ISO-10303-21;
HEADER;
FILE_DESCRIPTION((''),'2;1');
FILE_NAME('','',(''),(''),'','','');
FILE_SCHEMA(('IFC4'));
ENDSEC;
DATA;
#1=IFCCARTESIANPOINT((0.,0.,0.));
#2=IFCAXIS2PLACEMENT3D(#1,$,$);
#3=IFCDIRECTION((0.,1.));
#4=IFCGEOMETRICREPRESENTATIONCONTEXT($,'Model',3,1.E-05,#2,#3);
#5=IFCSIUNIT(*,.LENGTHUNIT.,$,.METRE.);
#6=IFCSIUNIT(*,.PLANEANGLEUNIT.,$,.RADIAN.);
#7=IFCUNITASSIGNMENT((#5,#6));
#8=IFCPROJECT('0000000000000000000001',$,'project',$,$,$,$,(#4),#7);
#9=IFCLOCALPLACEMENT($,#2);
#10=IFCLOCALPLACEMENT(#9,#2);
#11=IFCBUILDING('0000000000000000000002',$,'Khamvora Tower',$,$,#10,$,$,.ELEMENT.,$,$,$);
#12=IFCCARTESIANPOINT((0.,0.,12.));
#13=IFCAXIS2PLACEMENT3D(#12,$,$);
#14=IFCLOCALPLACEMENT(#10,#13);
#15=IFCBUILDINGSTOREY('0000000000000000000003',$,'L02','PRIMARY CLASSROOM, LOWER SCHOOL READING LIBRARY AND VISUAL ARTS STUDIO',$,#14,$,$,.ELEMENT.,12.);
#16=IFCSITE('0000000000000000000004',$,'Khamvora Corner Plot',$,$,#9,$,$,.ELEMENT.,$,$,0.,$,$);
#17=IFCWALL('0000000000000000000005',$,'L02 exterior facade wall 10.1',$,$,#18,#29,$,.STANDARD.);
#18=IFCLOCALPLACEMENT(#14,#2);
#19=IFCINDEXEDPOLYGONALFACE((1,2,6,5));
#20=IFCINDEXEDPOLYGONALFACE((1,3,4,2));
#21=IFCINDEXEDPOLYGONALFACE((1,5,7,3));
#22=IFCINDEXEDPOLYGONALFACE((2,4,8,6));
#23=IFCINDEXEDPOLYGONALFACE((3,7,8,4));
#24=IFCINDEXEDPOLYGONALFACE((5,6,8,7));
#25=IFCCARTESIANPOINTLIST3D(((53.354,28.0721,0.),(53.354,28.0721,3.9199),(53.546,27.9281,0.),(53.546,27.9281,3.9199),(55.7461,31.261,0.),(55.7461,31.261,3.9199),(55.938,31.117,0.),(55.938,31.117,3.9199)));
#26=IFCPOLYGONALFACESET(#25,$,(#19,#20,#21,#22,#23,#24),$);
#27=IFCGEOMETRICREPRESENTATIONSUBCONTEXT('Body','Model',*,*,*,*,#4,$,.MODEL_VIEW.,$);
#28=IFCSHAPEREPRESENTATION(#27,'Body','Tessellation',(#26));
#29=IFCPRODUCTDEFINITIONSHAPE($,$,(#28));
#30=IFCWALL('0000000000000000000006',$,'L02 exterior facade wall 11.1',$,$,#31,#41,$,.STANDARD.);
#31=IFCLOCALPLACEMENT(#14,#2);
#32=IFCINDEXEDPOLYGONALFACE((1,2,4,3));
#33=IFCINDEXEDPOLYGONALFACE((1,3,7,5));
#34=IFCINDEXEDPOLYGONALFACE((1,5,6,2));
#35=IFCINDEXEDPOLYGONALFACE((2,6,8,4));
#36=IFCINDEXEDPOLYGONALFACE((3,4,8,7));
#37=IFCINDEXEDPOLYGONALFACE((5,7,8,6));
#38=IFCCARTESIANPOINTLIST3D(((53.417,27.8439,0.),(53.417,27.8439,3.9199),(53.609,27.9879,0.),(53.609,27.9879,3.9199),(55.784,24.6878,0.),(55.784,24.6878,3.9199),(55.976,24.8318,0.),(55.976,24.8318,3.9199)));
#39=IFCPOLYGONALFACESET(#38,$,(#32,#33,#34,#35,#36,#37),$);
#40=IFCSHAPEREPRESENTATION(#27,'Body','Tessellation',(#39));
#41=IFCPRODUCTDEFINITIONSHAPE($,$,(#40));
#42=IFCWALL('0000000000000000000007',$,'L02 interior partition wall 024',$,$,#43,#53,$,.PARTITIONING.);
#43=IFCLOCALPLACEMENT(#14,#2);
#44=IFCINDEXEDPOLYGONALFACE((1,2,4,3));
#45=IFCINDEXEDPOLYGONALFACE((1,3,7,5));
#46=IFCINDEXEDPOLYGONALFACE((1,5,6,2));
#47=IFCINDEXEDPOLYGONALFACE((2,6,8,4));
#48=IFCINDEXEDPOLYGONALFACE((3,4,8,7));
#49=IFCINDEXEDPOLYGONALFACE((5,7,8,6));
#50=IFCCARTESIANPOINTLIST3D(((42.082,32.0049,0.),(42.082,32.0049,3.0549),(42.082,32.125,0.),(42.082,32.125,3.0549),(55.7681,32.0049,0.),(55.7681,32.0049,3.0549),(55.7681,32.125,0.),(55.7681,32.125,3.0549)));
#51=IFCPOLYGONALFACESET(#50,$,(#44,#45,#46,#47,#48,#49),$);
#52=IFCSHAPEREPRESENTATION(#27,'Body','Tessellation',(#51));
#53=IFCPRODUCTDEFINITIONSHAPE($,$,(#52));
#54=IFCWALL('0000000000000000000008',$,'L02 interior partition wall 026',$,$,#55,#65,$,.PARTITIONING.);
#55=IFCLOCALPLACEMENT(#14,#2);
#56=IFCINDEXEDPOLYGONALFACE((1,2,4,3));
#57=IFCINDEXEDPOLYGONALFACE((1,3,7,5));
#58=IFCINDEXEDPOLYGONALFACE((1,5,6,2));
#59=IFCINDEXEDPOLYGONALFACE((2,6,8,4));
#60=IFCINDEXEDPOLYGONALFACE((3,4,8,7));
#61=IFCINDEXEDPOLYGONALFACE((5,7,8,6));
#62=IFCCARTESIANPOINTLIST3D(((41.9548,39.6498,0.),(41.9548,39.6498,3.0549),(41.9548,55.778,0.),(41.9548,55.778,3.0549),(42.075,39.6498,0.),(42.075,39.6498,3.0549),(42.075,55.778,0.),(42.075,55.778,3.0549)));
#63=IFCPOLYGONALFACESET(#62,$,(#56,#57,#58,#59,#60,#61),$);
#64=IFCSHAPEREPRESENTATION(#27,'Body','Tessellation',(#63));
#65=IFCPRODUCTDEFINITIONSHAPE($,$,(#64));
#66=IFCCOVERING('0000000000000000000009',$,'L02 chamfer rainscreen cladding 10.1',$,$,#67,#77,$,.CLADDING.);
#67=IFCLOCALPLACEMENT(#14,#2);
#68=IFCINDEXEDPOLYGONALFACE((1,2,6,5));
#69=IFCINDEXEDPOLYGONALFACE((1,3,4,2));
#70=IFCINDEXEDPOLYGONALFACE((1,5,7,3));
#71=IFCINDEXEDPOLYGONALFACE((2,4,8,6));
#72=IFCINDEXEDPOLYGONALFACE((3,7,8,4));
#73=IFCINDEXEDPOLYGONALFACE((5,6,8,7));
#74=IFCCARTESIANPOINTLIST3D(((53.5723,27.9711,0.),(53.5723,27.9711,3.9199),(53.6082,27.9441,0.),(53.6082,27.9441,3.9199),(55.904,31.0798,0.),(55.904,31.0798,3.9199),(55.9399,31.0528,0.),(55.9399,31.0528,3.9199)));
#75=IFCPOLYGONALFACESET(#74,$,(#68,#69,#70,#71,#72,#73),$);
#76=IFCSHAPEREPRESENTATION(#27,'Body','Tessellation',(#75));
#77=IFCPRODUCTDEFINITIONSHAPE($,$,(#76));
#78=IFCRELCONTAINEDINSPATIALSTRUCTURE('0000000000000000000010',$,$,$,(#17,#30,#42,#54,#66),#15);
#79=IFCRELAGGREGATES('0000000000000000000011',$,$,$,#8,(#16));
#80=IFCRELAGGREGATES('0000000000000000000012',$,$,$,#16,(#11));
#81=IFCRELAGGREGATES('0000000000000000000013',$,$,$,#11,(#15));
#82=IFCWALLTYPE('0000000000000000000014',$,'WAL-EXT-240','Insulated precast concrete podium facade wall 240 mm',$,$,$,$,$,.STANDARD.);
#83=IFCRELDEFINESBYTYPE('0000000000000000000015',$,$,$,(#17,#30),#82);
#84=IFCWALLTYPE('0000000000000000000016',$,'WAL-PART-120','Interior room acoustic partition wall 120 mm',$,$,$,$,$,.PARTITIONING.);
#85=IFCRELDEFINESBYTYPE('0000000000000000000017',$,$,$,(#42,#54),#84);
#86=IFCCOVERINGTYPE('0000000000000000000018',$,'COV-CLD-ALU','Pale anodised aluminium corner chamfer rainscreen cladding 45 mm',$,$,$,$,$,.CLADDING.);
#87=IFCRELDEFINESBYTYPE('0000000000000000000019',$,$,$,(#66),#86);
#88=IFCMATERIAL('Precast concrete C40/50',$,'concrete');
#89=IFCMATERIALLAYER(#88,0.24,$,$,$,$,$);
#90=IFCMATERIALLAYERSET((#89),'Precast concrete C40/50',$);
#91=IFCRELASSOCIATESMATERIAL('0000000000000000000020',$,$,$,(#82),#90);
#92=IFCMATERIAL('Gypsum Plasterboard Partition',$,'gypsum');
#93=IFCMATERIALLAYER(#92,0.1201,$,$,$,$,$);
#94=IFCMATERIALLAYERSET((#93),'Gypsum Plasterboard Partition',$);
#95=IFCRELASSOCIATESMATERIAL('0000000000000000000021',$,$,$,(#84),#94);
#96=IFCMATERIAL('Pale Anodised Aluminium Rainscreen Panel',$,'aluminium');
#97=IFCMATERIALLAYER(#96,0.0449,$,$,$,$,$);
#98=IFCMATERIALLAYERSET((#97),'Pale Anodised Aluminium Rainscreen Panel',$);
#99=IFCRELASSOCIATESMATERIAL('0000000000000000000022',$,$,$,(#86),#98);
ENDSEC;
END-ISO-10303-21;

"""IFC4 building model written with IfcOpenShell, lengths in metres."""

from ifc_helpers import new_model, si_unit, direction, frame, frame_2d, origin, origin_2d, place, context, subcontext, project, spatial, rectangle, extrude, material, layer, layer_set, type_object, element, save


model = new_model("IFC4")

# Units and contexts
model_context = context("Model", 3, precision=1e-05, world=origin(), true_north=direction((0.0, 1.0)))
body_context = subcontext(model_context, "Body", "Model", "MODEL_VIEW")
ifc_project = project(units=[si_unit("LENGTHUNIT", "METRE"), si_unit("PLANEANGLEUNIT", "RADIAN")], contexts=[model_context])

# Site, building, storey
site_placement = place(None, origin())
site = spatial("IfcSite", under=ifc_project, at=site_placement, Name="Khamvora Corner Plot", CompositionType="ELEMENT", RefElevation=0.0)
building_placement = place(site_placement, origin())
building = spatial("IfcBuilding", under=site, at=building_placement, Name="Khamvora Tower", CompositionType="ELEMENT")
storey_placement = place(building_placement, frame((0.0, 0.0, 12.0)))
storey = spatial("IfcBuildingStorey", under=building, at=storey_placement, Name="L02", Description="PRIMARY CLASSROOM, LOWER SCHOOL READING LIBRARY AND VISUAL ARTS STUDIO", CompositionType="ELEMENT", Elevation=12.0)

# Walls
ifc_material_1 = material(Name="Precast concrete C40/50", Category="concrete")
ifc_layer_1 = layer(ifc_material_1, 0.24)
ifc_layer_set_1 = layer_set([ifc_layer_1], Name="Precast concrete C40/50")
wall_type_1 = type_object("IfcWallType", Name="WAL-EXT-240", Description="Insulated precast concrete podium facade wall 240 mm", PredefinedType="STANDARD", material=ifc_layer_set_1)
wall_1_placement = place(storey_placement, frame((55.842, 31.189, 0.0), z_axis=(0.0, 0.0, 1.0), x_axis=(-0.600059, -0.799956, 0.0)))
element("IfcWall", 1, at=wall_1_placement, inside=storey, type_object=wall_type_1, Name="L02 exterior facade wall 10.1", PredefinedType="STANDARD", context=body_context, shape_type="SweptSolid", body=[
    extrude(rectangle(XDim=3.9863, YDim=0.24, at=frame_2d((1.9932, 0.0))), origin(), (0.0, 0.0, 1.0), 3.9199),
])
wall_2_placement = place(storey_placement, frame((53.5129, 27.916, 0.0), z_axis=(0.0, 0.0, 1.0), x_axis=(0.59999, -0.800007, 0.0)))
element("IfcWall", 2, at=wall_2_placement, inside=storey, type_object=wall_type_1, Name="L02 exterior facade wall 11.1", PredefinedType="STANDARD", context=body_context, shape_type="SweptSolid", body=[
    extrude(rectangle(XDim=3.9451, YDim=0.24, at=frame_2d((1.9727, 0.0))), origin(), (0.0, 0.0, 1.0), 3.9199),
])
ifc_material_2 = material(Name="Gypsum Plasterboard Partition", Category="gypsum")
ifc_layer_2 = layer(ifc_material_2, 0.1201)
ifc_layer_set_2 = layer_set([ifc_layer_2], Name="Gypsum Plasterboard Partition")
wall_type_2 = type_object("IfcWallType", Name="WAL-PART-120", Description="Interior room acoustic partition wall 120 mm", PredefinedType="PARTITIONING", material=ifc_layer_set_2)
wall_3_placement = place(storey_placement, frame((42.082, 32.0649, 0.0), z_axis=(0.0, 0.0, 1.0), x_axis=(1.0, 0.0, 0.0)))
element("IfcWall", 3, at=wall_3_placement, inside=storey, type_object=wall_type_2, Name="L02 interior partition wall 024", PredefinedType="PARTITIONING", context=body_context, shape_type="SweptSolid", body=[
    extrude(rectangle(XDim=13.686, YDim=0.1201, at=frame_2d((6.843, 0.0))), origin(), (0.0, 0.0, 1.0), 3.0549),
])
wall_4_placement = place(storey_placement, frame((42.0149, 39.6499, 0.0), z_axis=(0.0, 0.0, 1.0), x_axis=(0.0, 1.0, 0.0)))
element("IfcWall", 4, at=wall_4_placement, inside=storey, type_object=wall_type_2, Name="L02 interior partition wall 026", PredefinedType="PARTITIONING", context=body_context, shape_type="SweptSolid", body=[
    extrude(rectangle(XDim=16.1282, YDim=0.1201, at=frame_2d((8.064, 0.0))), origin(), (0.0, 0.0, 1.0), 3.0549),
])

# Covering
ifc_material_3 = material(Name="Pale Anodised Aluminium Rainscreen Panel", Category="aluminium")
ifc_layer_3 = layer(ifc_material_3, 0.0449)
ifc_layer_set_3 = layer_set([ifc_layer_3], Name="Pale Anodised Aluminium Rainscreen Panel")
covering_type = type_object("IfcCoveringType", Name="COV-CLD-ALU", Description="Pale anodised aluminium corner chamfer rainscreen cladding 45 mm", PredefinedType="CLADDING", material=ifc_layer_set_3)
covering_placement = place(storey_placement, frame((54.7561, 29.512, 0.0), z_axis=(0.0, 0.0, 1.0), x_axis=(-0.60004, -0.79997, 0.0)))
element("IfcCovering", 5, at=covering_placement, inside=storey, type_object=covering_type, Name="L02 chamfer rainscreen cladding 10.1", PredefinedType="CLADDING", context=body_context, shape_type="SweptSolid", body=[
    extrude(rectangle(XDim=3.886, YDim=0.0449, at=origin_2d()), origin(), (0.0, 0.0, 1.0), 3.9199),
])

save(model, "model.ifc")
